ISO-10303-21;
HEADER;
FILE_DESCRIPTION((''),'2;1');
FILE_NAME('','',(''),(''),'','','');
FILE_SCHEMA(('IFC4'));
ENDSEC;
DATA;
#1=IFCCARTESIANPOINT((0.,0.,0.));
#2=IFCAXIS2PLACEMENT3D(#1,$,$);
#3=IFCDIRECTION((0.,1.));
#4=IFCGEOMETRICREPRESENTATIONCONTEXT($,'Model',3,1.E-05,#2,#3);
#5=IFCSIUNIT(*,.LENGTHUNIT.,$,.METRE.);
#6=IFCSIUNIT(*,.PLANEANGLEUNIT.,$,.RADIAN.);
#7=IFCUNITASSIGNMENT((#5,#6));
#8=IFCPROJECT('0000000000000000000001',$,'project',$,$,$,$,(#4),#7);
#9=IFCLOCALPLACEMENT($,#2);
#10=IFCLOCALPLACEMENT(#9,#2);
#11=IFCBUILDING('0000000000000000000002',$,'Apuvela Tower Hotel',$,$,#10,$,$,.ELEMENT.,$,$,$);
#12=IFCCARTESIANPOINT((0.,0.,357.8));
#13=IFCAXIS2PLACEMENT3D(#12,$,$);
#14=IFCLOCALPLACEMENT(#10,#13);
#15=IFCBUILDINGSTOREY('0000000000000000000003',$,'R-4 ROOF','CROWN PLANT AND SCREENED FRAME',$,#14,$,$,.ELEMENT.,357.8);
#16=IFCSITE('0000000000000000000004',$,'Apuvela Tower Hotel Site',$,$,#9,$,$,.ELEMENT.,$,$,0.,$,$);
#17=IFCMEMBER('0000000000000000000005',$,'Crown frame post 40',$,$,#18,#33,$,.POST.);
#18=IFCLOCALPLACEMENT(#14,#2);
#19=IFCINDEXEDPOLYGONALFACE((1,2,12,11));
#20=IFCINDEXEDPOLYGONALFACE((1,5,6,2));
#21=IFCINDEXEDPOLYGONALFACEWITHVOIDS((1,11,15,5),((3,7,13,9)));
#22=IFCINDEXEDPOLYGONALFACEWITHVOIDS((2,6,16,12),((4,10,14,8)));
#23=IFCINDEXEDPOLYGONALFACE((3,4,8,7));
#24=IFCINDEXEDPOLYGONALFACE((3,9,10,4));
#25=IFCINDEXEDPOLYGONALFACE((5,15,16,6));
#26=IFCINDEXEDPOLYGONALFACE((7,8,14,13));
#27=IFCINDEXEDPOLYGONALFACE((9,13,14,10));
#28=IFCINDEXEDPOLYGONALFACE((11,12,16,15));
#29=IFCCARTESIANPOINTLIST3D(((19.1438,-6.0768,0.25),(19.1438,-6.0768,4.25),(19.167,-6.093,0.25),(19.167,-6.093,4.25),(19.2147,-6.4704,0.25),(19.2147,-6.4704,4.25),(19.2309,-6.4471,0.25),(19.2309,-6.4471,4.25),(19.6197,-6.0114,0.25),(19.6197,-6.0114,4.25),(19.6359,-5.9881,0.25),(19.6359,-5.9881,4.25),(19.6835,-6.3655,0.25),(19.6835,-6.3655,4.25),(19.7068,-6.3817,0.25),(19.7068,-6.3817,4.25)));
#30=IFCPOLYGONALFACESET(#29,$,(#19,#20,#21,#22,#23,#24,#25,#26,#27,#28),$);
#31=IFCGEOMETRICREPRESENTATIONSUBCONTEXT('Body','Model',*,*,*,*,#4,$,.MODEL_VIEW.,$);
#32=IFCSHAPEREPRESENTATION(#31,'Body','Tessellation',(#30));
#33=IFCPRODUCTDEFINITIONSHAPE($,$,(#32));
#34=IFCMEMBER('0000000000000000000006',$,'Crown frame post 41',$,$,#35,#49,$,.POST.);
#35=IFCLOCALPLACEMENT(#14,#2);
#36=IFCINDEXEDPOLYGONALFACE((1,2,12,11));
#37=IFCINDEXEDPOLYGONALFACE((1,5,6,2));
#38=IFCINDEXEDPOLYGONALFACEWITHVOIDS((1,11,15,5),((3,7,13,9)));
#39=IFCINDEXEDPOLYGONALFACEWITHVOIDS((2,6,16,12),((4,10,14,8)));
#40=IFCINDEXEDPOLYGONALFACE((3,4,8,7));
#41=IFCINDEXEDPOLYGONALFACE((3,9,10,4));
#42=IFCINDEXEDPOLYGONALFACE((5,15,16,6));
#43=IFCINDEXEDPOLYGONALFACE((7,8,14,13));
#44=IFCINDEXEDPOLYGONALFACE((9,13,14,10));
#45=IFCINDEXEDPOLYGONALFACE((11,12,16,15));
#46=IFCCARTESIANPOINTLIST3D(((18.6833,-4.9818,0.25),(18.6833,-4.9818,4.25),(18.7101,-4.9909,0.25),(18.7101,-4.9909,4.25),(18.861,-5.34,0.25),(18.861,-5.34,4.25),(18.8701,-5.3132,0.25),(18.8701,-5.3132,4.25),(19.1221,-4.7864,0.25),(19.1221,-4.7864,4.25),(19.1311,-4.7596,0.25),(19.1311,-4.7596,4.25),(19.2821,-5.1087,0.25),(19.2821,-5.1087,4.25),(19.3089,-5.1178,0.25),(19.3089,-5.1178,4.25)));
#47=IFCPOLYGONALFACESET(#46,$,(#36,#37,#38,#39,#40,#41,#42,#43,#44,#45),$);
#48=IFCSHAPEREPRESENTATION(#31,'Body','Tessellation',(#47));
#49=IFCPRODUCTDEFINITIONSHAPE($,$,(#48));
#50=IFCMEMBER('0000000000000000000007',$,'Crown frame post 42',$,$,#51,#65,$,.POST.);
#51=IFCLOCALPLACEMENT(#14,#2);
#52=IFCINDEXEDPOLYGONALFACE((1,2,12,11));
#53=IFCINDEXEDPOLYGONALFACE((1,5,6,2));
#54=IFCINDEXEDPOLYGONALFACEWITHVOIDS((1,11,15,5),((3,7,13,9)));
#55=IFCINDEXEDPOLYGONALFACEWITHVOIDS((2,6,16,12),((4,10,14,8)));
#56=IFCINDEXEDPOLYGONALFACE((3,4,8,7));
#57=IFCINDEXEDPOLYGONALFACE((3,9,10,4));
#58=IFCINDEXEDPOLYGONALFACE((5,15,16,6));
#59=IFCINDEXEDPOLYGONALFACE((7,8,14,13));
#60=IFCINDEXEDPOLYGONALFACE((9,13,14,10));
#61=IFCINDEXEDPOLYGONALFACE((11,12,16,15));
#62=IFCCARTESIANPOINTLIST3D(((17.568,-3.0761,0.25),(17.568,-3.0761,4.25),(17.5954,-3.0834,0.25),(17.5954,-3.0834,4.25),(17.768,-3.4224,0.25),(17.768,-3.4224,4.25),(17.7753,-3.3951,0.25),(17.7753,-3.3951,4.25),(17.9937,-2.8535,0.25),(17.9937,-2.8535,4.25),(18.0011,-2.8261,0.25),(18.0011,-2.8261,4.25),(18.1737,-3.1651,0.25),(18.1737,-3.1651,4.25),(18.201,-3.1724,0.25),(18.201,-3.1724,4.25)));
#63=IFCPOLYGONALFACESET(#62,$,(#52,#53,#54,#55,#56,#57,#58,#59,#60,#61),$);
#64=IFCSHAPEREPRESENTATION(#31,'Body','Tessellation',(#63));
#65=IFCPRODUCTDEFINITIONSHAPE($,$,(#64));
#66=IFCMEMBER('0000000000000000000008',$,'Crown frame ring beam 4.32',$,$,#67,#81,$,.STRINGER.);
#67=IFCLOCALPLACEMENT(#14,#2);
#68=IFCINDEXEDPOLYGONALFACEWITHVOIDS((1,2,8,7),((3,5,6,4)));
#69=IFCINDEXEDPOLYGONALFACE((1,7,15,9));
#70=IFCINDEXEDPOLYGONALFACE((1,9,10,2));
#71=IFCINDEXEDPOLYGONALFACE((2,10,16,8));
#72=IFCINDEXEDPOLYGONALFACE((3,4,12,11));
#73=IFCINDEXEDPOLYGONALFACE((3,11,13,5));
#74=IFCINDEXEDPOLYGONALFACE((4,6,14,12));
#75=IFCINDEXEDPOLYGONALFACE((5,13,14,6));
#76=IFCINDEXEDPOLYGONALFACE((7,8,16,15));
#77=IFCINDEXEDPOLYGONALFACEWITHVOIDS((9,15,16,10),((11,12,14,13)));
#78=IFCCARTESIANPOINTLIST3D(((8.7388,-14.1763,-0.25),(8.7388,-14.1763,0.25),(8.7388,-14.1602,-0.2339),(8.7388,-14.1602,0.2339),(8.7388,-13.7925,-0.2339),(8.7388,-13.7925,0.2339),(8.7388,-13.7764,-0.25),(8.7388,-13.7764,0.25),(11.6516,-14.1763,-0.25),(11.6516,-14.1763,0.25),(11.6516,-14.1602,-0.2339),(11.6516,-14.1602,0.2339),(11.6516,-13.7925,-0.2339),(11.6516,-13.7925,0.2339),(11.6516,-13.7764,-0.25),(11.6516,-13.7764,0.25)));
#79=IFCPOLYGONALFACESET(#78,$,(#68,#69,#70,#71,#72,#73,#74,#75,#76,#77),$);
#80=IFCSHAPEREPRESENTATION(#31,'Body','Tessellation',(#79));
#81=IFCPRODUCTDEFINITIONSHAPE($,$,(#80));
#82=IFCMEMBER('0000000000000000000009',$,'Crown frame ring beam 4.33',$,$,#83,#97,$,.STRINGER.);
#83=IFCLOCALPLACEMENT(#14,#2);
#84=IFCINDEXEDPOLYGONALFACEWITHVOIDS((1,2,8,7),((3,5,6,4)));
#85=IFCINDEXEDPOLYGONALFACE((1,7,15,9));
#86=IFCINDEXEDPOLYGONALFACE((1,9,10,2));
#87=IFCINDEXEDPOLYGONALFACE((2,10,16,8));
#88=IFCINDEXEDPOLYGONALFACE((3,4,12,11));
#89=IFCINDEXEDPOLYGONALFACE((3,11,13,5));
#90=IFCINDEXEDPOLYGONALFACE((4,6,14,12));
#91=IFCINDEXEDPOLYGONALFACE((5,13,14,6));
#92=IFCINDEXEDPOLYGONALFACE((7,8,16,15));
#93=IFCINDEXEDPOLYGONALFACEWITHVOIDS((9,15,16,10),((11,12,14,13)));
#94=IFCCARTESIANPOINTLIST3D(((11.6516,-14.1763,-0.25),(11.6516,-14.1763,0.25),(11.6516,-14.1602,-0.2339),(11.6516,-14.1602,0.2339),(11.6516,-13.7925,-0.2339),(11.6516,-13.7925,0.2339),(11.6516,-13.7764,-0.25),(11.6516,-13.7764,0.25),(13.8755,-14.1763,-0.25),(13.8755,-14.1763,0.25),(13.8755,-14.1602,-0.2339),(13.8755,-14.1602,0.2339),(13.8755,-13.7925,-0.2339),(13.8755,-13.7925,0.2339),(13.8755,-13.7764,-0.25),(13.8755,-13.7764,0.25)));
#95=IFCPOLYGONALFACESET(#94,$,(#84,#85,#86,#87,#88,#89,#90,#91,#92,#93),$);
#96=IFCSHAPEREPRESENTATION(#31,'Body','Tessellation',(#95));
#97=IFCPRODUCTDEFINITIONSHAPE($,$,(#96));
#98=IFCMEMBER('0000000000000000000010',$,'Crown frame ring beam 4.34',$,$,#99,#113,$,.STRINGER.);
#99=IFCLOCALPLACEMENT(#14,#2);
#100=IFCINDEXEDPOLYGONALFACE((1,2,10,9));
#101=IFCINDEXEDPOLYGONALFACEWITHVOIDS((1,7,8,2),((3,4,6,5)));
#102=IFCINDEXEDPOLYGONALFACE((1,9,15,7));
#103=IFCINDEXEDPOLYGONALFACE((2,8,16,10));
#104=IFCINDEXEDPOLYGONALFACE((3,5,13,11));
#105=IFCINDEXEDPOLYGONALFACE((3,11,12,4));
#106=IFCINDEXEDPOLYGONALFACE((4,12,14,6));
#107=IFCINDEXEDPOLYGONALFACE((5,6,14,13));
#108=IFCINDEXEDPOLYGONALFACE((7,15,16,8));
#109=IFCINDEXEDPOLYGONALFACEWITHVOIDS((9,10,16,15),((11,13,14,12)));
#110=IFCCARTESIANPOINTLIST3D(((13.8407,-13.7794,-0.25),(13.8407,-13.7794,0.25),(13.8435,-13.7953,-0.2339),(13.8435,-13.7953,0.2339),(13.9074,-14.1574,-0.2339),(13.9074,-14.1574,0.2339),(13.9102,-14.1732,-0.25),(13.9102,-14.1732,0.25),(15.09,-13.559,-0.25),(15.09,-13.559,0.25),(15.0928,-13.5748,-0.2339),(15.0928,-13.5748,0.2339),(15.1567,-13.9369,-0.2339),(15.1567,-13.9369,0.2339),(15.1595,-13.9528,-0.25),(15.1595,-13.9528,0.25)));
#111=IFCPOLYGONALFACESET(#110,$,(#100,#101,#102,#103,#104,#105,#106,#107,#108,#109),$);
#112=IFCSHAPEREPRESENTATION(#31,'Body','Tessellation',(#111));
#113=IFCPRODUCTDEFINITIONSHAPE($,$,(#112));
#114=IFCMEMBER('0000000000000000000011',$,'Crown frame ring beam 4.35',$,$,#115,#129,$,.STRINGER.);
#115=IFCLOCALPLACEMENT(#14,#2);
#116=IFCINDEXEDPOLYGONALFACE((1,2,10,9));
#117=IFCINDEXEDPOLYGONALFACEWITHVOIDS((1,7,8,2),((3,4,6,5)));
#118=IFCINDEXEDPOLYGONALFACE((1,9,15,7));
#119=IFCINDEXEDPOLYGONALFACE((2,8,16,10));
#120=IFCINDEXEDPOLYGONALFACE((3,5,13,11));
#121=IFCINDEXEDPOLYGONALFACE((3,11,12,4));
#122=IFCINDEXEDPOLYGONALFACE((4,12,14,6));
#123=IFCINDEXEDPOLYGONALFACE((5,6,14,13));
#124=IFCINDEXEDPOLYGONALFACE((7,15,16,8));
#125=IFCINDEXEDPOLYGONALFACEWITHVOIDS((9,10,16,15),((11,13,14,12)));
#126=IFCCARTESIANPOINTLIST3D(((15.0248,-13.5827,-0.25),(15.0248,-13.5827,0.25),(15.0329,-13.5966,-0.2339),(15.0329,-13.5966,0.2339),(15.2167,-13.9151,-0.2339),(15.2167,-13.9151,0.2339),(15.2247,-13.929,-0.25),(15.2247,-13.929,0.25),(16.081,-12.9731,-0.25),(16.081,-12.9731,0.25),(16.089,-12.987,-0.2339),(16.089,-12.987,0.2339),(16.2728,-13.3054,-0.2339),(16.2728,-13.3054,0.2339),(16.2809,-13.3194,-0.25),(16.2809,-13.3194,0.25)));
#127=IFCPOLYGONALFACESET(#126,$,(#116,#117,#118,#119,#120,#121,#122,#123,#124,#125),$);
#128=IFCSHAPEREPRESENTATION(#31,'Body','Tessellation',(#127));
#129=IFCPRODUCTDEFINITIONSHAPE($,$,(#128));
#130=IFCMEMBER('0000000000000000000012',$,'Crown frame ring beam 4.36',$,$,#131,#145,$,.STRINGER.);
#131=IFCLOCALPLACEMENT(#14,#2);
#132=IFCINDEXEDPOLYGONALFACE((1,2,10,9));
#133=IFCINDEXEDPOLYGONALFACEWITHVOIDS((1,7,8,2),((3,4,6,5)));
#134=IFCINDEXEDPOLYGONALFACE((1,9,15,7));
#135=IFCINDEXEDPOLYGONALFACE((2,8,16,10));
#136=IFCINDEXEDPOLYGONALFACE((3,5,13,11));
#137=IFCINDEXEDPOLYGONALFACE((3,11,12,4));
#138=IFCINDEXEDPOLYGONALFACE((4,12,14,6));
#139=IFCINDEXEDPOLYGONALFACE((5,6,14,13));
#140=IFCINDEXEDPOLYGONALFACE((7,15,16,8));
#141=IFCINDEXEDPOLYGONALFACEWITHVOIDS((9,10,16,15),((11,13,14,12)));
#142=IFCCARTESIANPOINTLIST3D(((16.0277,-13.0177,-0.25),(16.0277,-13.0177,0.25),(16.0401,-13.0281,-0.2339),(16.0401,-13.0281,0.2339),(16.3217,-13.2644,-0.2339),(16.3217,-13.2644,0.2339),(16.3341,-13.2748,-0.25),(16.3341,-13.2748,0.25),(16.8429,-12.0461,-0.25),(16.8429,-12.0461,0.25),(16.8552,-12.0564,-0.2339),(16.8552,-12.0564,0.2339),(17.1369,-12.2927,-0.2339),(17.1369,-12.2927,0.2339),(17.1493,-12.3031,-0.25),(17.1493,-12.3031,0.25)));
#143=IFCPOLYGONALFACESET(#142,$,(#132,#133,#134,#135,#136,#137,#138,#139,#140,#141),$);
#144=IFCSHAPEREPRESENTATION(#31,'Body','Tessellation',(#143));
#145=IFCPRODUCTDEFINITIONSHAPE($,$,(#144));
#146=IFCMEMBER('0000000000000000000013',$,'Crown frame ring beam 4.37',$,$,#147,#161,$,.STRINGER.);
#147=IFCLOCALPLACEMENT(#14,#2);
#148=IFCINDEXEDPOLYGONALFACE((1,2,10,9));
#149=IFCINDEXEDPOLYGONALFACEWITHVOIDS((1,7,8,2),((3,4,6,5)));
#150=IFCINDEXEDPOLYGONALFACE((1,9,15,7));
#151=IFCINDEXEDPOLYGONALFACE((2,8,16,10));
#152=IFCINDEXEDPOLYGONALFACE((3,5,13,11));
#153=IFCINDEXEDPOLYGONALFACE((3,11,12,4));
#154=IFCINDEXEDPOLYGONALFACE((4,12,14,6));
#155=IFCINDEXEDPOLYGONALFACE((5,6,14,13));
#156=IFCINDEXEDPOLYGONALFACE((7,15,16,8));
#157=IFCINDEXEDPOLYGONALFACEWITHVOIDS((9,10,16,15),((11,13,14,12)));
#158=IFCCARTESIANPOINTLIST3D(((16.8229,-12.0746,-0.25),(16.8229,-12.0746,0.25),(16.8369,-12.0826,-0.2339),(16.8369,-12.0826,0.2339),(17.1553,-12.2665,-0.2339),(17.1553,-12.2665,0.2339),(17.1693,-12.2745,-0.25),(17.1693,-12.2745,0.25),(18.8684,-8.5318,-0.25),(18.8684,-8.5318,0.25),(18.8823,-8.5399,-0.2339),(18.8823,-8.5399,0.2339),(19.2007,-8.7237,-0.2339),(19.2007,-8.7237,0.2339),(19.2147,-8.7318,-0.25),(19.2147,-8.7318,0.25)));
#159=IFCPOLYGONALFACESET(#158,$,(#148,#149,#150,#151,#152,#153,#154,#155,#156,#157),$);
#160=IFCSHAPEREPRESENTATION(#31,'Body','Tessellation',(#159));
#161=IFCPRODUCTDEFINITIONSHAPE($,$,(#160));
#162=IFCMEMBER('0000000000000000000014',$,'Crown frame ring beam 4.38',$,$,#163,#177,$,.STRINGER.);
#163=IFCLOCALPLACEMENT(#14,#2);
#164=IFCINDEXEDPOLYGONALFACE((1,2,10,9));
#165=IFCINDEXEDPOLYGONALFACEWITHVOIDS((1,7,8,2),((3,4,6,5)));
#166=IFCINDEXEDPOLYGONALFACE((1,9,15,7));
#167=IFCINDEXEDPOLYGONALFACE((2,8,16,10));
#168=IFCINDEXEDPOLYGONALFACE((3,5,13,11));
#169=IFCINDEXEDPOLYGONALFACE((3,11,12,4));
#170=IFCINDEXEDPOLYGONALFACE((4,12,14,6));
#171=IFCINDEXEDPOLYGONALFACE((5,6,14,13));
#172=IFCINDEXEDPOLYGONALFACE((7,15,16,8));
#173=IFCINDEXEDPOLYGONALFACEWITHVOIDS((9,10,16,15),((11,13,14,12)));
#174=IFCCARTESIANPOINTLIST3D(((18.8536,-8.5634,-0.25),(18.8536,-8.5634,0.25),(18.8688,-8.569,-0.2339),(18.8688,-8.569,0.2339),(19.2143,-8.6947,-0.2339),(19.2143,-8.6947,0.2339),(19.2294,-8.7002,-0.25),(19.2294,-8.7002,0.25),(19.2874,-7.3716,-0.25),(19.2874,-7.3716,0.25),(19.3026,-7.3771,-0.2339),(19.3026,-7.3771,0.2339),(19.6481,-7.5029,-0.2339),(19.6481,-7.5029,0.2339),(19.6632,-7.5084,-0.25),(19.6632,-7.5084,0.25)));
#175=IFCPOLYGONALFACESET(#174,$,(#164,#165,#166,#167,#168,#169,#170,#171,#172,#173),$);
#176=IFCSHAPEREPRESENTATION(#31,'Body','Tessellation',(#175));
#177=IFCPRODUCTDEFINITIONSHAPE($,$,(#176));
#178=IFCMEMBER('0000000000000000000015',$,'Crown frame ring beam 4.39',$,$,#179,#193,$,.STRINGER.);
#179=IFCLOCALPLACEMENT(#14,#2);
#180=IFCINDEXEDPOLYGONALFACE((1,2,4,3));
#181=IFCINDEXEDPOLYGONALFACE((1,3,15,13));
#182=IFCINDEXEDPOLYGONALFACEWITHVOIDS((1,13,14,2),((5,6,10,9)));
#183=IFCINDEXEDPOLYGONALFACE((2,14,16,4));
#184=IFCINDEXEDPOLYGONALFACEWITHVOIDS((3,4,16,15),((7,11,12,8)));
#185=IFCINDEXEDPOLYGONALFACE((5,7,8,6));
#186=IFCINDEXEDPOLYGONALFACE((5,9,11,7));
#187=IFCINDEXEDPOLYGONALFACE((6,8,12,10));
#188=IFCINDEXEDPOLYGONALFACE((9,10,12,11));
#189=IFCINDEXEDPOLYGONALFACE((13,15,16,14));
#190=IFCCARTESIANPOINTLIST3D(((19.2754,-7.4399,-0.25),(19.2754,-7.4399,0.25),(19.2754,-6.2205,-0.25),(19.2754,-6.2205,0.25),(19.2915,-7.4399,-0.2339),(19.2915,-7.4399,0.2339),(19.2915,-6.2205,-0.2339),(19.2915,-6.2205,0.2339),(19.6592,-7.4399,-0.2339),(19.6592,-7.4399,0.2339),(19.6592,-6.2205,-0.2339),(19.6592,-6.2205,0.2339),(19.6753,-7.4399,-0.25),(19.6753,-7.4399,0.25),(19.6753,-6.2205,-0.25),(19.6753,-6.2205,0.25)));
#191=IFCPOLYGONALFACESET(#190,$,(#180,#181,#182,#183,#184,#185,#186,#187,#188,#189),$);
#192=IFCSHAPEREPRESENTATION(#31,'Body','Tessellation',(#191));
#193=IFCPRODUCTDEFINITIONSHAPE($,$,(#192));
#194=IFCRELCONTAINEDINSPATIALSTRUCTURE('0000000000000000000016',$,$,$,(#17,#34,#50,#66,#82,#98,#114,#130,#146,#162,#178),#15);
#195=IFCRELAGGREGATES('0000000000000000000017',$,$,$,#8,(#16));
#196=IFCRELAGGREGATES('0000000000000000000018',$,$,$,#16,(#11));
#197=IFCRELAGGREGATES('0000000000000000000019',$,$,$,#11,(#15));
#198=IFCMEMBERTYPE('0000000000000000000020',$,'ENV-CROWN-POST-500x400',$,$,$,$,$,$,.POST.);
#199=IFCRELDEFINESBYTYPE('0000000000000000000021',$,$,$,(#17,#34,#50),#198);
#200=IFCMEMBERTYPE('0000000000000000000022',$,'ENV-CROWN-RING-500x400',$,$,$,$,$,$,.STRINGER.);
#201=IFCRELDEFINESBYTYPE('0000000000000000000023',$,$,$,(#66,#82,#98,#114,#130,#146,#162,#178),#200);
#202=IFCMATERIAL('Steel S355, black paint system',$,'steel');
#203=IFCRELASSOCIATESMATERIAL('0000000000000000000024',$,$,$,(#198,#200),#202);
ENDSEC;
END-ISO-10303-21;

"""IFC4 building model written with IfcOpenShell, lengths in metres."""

from ifc_helpers import new_model, si_unit, direction, frame, origin, origin_2d, place, context, subcontext, project, spatial, hollow_rectangle, extrude, material, material_profile, profile_set, type_object, element, save


model = new_model("IFC4")

# Units and contexts
model_context = context("Model", 3, precision=1e-05, world=origin(), true_north=direction((0.0, 1.0)))
body_context = subcontext(model_context, "Body", "Model", "MODEL_VIEW")
ifc_project = project(units=[si_unit("LENGTHUNIT", "METRE"), si_unit("PLANEANGLEUNIT", "RADIAN")], contexts=[model_context])

# Site, building, storey
site_placement = place(None, origin())
site = spatial("IfcSite", under=ifc_project, at=site_placement, Name="Apuvela Tower Hotel Site", CompositionType="ELEMENT", RefElevation=0.0)
building_placement = place(site_placement, origin())
building = spatial("IfcBuilding", under=site, at=building_placement, Name="Apuvela Tower Hotel", CompositionType="ELEMENT")
storey_placement = place(building_placement, frame((0.0, 0.0, 357.8)))
storey = spatial("IfcBuildingStorey", under=building, at=storey_placement, Name="R-4 ROOF", Description="CROWN PLANT AND SCREENED FRAME", CompositionType="ELEMENT", Elevation=357.8)

# Members
ifc_material_1 = material(Name="Steel S355, black paint system", Category="steel")
ifc_material_profile_1 = material_profile(ifc_material_1, hollow_rectangle(XDim=0.3999, YDim=0.5, WallThickness=0.02, at=origin_2d()), Name="HSS 500x400x20")
ifc_profile_set_1 = profile_set([ifc_material_profile_1], Name="Steel S355, black paint system")
member_type_1 = type_object("IfcMemberType", Name="ENV-CROWN-POST-500x400", PredefinedType="POST", material=ifc_profile_set_1)
for number, where, z_axis, x_axis, name in (
    (1, (19.4253, -6.2292, 0.25), (0.0, 0.0, 1.0), (-0.177415, 0.984136, 0.0), "Crown frame post 40"),
    (2, (18.9961, -5.0498, 0.25), (0.0, 0.0, 1.0), (-0.444554, 0.895752, 0.0), "Crown frame post 41"),
    (3, (17.8845, -3.1243, 0.25), (0.0, 0.0, 1.0), (-0.5, 0.866025, 0.0), "Crown frame post 42"),
):
    element("IfcMember", number, at=place(storey_placement, frame(where, z_axis=z_axis, x_axis=x_axis)), inside=storey, type_object=member_type_1, Name=name, PredefinedType="POST", context=body_context, shape_type="SweptSolid", body=[
        extrude(hollow_rectangle(XDim=0.3999, YDim=0.5, WallThickness=0.02, at=origin_2d()), origin(), (0.0, 0.0, 1.0), 4.0),
    ])
ifc_material_profile_2 = material_profile(ifc_material_1, hollow_rectangle(XDim=0.3999, YDim=0.5, WallThickness=0.0161, at=origin_2d()), Name="HSS 500x400x16")
ifc_profile_set_2 = profile_set([ifc_material_profile_2], Name="Steel S355, black paint system")
member_type_2 = type_object("IfcMemberType", Name="ENV-CROWN-RING-500x400", PredefinedType="STRINGER", material=ifc_profile_set_2)
member_1_placement = place(storey_placement, frame((8.7388, -13.9763, 0.0), z_axis=(1.0, 0.0, 0.0), x_axis=(0.0, 1.0, 0.0)))
element("IfcMember", 4, at=member_1_placement, inside=storey, type_object=member_type_2, Name="Crown frame ring beam 4.32", PredefinedType="STRINGER", context=body_context, shape_type="SweptSolid", body=[
    extrude(hollow_rectangle(XDim=0.3999, YDim=0.5, WallThickness=0.0161, at=origin_2d()), origin(), (0.0, 0.0, 1.0), 2.9128),
])
member_2_placement = place(storey_placement, frame((11.6516, -13.9763, 0.0), z_axis=(1.0, 0.0, 0.0), x_axis=(0.0, 1.0, 0.0)))
element("IfcMember", 5, at=member_2_placement, inside=storey, type_object=member_type_2, Name="Crown frame ring beam 4.33", PredefinedType="STRINGER", context=body_context, shape_type="SweptSolid", body=[
    extrude(hollow_rectangle(XDim=0.3999, YDim=0.5, WallThickness=0.0161, at=origin_2d()), origin(), (0.0, 0.0, 1.0), 2.2239),
])
member_3_placement = place(storey_placement, frame((13.8755, -13.9763, 0.0), z_axis=(0.984784, 0.173785, 0.0), x_axis=(-0.173785, 0.984784, 0.0)))
element("IfcMember", 6, at=member_3_placement, inside=storey, type_object=member_type_2, Name="Crown frame ring beam 4.34", PredefinedType="STRINGER", context=body_context, shape_type="SweptSolid", body=[
    extrude(hollow_rectangle(XDim=0.3999, YDim=0.5, WallThickness=0.0161, at=origin_2d()), origin(), (0.0, 0.0, 1.0), 1.2686),
])
member_4_placement = place(storey_placement, frame((15.1248, -13.7559, 0.0), z_axis=(0.866079, 0.499907, 0.0), x_axis=(-0.499907, 0.866079, 0.0)))
element("IfcMember", 7, at=member_4_placement, inside=storey, type_object=member_type_2, Name="Crown frame ring beam 4.35", PredefinedType="STRINGER", context=body_context, shape_type="SweptSolid", body=[
    extrude(hollow_rectangle(XDim=0.3999, YDim=0.5, WallThickness=0.0161, at=origin_2d()), origin(), (0.0, 0.0, 1.0), 1.2195),
])
member_5_placement = place(storey_placement, frame((16.1809, -13.1462, 0.0), z_axis=(0.642718, 0.766103, 0.0), x_axis=(-0.766103, 0.642718, 0.0)))
element("IfcMember", 8, at=member_5_placement, inside=storey, type_object=member_type_2, Name="Crown frame ring beam 4.36", PredefinedType="STRINGER", context=body_context, shape_type="SweptSolid", body=[
    extrude(hollow_rectangle(XDim=0.3999, YDim=0.5, WallThickness=0.0161, at=origin_2d()), origin(), (0.0, 0.0, 1.0), 1.2683),
])
member_6_placement = place(storey_placement, frame((16.9961, -12.1746, 0.0), z_axis=(0.500003, 0.866024, 0.0), x_axis=(-0.866024, 0.500003, 0.0)))
element("IfcMember", 9, at=member_6_placement, inside=storey, type_object=member_type_2, Name="Crown frame ring beam 4.37", PredefinedType="STRINGER", context=body_context, shape_type="SweptSolid", body=[
    extrude(hollow_rectangle(XDim=0.3999, YDim=0.5, WallThickness=0.0161, at=origin_2d()), origin(), (0.0, 0.0, 1.0), 4.0908),
])
member_7_placement = place(storey_placement, frame((19.0415, -8.6318, 0.0), z_axis=(0.342037, 0.939687, 0.0), x_axis=(-0.939687, 0.342037, 0.0)))
element("IfcMember", 10, at=member_7_placement, inside=storey, type_object=member_type_2, Name="Crown frame ring beam 4.38", PredefinedType="STRINGER", context=body_context, shape_type="SweptSolid", body=[
    extrude(hollow_rectangle(XDim=0.3999, YDim=0.5, WallThickness=0.0161, at=origin_2d()), origin(), (0.0, 0.0, 1.0), 1.2683),
])
member_8_placement = place(storey_placement, frame((19.4753, -7.4399, 0.0), z_axis=(0.0, 1.0, 0.0), x_axis=(-1.0, 0.0, 0.0)))
element("IfcMember", 11, at=member_8_placement, inside=storey, type_object=member_type_2, Name="Crown frame ring beam 4.39", PredefinedType="STRINGER", context=body_context, shape_type="SweptSolid", body=[
    extrude(hollow_rectangle(XDim=0.3999, YDim=0.5, WallThickness=0.0161, at=origin_2d()), origin(), (0.0, 0.0, 1.0), 1.2195),
])

save(model, "model.ifc")
